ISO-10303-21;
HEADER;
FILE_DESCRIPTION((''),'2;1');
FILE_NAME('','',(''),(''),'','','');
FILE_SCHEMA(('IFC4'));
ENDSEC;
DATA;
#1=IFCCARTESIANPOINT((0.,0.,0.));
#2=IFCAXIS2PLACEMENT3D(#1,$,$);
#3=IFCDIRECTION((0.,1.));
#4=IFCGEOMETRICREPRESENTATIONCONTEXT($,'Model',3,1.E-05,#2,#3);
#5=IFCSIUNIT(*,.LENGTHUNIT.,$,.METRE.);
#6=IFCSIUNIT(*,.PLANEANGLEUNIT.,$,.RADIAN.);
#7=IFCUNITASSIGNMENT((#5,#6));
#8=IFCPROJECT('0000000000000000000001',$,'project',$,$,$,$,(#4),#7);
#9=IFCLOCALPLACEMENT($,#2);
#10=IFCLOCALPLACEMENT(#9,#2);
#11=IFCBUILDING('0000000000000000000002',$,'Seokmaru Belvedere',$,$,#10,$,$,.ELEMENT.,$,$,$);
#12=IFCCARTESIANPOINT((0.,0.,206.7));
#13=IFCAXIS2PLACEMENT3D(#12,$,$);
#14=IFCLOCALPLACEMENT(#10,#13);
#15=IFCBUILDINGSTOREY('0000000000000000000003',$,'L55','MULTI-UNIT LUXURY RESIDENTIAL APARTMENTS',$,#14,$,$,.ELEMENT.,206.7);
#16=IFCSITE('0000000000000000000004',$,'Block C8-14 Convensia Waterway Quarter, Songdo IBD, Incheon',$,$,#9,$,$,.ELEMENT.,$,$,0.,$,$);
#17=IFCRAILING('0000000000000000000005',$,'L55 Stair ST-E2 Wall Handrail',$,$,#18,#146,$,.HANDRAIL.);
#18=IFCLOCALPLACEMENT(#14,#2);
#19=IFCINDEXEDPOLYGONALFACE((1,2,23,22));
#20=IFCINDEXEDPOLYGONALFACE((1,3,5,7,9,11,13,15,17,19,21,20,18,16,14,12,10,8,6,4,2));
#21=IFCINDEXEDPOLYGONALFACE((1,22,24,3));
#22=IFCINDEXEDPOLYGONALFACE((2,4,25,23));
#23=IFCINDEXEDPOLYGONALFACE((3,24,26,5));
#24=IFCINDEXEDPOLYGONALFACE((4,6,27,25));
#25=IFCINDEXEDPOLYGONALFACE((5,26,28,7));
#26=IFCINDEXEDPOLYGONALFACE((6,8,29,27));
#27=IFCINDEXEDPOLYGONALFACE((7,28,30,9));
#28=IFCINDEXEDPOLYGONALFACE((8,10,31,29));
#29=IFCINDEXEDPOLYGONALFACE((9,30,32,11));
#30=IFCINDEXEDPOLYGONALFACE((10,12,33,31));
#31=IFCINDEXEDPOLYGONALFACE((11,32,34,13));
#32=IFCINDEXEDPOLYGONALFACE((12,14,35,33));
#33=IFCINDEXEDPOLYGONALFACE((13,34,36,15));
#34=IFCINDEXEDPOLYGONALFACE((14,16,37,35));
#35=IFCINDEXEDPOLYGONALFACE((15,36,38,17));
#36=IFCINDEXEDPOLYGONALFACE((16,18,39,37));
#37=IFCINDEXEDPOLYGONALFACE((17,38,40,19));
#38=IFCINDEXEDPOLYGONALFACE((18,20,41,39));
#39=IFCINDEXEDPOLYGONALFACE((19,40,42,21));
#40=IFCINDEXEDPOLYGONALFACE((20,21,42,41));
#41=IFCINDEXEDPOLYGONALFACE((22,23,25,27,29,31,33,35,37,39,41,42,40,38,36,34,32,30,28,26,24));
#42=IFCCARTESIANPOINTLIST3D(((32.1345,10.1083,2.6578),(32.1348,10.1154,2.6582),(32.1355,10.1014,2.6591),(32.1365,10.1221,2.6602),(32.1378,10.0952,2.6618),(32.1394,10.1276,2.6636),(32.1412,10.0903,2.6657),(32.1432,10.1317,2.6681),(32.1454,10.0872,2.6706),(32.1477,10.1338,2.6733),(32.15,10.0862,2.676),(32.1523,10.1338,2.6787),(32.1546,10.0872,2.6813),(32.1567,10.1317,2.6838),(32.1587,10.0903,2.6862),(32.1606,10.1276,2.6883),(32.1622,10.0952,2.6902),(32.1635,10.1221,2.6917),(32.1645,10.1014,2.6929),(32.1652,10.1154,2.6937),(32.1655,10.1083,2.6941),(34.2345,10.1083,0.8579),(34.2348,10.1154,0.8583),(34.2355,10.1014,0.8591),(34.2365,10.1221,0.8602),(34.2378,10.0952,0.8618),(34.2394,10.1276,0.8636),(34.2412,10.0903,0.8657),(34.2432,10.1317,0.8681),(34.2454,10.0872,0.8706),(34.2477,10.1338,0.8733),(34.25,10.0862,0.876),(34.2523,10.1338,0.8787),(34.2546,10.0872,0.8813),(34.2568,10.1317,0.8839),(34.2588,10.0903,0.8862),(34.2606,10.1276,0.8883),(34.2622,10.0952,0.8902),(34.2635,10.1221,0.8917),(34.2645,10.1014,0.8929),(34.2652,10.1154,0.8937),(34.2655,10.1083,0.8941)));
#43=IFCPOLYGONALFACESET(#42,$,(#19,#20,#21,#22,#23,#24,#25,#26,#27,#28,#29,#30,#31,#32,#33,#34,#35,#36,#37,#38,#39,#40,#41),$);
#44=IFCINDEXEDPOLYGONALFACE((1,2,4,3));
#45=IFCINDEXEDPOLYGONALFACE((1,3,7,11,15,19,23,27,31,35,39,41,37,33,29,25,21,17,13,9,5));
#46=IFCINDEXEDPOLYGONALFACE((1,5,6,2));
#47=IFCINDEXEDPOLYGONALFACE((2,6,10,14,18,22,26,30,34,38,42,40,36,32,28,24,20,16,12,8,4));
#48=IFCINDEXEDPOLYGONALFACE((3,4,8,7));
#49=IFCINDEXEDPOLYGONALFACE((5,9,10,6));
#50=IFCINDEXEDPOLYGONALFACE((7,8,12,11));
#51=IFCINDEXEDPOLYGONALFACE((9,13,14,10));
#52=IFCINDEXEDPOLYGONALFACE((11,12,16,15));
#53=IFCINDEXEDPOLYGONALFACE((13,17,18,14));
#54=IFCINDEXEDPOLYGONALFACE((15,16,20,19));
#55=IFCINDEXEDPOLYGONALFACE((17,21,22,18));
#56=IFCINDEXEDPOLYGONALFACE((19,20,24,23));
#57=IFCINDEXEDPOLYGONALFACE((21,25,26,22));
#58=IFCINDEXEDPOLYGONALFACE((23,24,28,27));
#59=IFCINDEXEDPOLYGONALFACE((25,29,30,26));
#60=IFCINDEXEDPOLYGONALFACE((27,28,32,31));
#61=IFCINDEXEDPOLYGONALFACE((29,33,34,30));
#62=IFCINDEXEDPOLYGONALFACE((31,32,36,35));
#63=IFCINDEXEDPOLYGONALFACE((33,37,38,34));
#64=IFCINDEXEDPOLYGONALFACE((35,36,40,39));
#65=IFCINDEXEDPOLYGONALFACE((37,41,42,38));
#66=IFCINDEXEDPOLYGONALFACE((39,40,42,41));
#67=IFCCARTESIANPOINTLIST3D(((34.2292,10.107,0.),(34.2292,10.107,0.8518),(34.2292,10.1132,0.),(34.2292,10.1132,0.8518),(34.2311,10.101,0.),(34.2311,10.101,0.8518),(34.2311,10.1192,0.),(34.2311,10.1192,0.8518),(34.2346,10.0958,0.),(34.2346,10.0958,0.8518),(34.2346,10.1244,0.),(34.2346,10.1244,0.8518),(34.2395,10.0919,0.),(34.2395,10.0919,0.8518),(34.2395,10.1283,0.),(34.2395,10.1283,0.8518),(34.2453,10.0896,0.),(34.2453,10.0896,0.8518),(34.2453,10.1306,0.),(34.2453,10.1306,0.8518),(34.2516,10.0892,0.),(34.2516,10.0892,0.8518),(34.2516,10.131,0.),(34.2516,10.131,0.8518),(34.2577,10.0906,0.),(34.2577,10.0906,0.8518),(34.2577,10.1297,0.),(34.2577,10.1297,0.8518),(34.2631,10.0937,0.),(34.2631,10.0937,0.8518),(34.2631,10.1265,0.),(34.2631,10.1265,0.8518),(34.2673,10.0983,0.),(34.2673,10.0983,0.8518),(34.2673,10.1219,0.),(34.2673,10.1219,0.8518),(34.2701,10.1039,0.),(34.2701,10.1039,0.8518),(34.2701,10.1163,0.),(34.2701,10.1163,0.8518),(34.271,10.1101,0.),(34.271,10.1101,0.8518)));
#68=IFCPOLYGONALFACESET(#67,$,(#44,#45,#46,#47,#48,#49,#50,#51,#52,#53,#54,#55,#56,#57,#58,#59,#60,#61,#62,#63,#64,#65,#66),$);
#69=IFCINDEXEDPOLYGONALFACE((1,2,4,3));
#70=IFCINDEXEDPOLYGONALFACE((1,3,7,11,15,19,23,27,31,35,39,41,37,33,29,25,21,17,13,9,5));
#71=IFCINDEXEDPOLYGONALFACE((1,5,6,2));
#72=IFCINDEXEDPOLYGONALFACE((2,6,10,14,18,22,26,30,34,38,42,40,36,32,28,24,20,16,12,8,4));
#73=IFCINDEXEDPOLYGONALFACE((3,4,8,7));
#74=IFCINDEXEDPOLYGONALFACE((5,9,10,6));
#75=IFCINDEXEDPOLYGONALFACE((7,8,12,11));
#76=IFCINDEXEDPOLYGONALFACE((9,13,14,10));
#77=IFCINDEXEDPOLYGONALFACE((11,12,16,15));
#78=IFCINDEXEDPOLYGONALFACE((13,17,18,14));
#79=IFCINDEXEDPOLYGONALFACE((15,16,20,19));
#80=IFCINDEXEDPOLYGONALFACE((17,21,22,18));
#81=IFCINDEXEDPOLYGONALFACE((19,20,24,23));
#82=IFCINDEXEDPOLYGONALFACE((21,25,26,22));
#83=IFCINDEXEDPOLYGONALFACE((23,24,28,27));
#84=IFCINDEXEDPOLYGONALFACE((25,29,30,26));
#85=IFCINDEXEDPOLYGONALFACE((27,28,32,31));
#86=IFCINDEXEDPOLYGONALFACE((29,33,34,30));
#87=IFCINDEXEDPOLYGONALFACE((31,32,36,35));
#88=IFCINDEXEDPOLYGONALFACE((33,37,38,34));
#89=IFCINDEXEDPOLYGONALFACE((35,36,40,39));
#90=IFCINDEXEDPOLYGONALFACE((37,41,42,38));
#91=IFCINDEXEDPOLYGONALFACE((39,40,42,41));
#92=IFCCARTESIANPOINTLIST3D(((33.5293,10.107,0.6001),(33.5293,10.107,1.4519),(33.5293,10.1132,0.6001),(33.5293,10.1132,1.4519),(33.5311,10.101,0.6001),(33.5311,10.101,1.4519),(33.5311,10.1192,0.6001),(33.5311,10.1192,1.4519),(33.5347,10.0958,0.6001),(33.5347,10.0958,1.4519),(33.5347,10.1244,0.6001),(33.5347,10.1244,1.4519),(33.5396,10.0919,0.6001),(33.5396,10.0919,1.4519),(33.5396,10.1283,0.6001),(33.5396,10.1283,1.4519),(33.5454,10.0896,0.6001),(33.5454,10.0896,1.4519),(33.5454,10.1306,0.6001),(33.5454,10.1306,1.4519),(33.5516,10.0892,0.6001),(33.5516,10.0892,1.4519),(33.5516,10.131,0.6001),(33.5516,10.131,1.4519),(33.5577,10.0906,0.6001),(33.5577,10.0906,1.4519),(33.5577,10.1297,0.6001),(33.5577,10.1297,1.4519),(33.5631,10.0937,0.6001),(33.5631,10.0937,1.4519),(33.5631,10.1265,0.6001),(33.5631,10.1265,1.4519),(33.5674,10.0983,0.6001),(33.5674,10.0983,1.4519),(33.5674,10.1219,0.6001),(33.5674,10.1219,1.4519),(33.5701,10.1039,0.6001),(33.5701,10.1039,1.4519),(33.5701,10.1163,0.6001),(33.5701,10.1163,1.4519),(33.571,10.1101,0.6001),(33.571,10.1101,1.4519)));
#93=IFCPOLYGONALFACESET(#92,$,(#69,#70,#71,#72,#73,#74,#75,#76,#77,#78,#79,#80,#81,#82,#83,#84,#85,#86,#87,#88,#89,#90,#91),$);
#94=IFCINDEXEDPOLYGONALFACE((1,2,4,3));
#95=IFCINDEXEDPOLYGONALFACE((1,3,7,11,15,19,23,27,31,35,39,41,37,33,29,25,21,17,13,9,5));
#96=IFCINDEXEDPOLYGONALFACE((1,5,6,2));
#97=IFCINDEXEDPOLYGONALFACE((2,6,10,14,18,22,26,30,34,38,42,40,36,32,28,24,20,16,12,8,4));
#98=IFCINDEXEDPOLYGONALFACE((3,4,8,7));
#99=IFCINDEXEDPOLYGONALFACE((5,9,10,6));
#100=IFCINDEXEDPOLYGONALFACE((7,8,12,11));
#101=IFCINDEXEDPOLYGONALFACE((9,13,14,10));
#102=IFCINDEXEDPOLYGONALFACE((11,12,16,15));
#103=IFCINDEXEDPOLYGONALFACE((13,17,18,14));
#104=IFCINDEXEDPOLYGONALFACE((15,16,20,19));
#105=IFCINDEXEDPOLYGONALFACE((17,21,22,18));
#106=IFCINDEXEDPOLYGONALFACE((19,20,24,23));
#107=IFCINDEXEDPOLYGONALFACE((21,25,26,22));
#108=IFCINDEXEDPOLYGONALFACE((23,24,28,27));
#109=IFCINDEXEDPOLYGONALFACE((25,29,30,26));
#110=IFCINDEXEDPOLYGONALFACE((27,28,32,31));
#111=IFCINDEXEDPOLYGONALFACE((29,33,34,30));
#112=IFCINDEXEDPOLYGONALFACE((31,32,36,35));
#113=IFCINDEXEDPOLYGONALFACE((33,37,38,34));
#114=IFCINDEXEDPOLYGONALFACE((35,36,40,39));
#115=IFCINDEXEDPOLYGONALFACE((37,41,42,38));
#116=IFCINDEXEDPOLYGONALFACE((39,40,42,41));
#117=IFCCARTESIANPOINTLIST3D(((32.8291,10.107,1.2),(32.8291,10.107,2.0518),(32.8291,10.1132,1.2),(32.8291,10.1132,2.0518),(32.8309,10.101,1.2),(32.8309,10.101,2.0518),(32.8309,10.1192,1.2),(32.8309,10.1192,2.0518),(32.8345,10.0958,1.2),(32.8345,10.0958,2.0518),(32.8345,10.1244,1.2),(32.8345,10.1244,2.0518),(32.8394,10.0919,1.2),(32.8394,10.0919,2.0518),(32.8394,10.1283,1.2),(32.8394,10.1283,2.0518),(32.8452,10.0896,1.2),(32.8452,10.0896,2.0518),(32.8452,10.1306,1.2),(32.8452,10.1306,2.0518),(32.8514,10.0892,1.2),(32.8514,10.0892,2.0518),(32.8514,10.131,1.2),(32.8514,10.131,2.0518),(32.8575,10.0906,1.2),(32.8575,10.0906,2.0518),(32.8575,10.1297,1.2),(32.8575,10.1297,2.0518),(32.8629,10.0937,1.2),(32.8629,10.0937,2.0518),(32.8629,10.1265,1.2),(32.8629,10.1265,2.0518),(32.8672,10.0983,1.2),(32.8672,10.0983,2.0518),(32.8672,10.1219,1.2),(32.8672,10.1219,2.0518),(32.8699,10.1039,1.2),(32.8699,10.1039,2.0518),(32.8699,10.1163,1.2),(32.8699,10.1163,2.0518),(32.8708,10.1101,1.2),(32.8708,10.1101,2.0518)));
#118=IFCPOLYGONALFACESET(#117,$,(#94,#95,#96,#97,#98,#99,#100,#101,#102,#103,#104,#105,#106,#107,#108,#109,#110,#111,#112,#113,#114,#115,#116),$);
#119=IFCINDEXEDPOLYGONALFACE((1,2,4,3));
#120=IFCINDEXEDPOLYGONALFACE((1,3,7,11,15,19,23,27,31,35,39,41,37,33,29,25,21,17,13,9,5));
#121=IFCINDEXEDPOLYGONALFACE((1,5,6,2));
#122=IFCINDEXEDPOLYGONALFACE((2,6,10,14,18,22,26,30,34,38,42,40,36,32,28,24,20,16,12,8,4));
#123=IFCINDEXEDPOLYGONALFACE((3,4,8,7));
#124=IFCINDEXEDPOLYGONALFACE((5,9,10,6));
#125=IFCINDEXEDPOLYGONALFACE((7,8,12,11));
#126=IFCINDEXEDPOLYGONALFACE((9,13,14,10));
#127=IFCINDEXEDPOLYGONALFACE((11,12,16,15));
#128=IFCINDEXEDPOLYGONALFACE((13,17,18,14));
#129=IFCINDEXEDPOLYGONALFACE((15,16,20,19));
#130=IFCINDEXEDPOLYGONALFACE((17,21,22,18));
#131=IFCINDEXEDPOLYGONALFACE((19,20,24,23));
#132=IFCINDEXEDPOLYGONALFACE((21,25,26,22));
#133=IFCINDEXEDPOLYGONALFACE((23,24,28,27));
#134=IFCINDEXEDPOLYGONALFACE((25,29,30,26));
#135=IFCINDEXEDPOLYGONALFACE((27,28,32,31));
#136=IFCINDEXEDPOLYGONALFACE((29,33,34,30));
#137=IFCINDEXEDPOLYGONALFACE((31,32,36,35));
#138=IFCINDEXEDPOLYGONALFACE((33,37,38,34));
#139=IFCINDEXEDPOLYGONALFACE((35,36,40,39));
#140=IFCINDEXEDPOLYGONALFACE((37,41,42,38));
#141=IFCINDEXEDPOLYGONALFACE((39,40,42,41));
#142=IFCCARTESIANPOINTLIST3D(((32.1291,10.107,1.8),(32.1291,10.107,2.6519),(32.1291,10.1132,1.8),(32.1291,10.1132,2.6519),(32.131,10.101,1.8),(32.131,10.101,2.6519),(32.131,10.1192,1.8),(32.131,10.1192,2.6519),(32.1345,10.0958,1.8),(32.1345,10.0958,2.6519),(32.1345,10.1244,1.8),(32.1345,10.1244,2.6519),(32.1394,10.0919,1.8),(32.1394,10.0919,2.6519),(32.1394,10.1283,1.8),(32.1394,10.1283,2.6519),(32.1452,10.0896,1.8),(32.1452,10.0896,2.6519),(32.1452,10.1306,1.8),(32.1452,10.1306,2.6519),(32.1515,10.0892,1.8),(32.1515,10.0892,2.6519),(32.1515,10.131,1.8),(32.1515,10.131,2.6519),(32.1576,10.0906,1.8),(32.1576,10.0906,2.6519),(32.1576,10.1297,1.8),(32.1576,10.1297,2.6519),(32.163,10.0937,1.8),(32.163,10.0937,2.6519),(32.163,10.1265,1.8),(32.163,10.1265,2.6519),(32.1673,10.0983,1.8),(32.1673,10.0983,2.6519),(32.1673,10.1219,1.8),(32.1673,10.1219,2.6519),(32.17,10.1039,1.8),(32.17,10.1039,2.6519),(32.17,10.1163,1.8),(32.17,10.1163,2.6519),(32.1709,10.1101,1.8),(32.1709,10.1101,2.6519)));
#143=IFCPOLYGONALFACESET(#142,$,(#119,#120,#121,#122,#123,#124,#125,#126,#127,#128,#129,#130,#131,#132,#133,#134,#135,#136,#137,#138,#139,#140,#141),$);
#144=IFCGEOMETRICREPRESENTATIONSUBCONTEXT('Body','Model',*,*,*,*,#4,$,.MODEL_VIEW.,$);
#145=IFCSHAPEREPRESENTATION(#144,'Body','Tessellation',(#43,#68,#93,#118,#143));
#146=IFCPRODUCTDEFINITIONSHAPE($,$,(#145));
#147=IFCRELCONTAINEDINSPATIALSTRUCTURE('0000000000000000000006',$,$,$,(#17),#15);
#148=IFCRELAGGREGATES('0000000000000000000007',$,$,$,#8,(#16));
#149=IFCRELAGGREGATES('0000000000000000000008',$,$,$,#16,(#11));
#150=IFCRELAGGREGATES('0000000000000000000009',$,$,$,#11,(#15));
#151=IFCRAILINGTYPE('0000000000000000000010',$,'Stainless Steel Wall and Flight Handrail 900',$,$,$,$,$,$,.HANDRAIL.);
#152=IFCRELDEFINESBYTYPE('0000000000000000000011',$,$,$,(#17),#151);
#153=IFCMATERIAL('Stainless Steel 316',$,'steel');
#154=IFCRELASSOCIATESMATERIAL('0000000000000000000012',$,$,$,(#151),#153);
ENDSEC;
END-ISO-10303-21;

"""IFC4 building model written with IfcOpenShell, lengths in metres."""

from ifc_helpers import new_model, si_unit, direction, frame, origin, origin_2d, place, context, subcontext, project, spatial, circle, extrude, material, type_object, element, save


model = new_model("IFC4")

# Units and contexts
model_context = context("Model", 3, precision=1e-05, world=origin(), true_north=direction((0.0, 1.0)))
body_context = subcontext(model_context, "Body", "Model", "MODEL_VIEW")
ifc_project = project(units=[si_unit("LENGTHUNIT", "METRE"), si_unit("PLANEANGLEUNIT", "RADIAN")], contexts=[model_context])

# Site, building, storey
site_placement = place(None, origin())
site = spatial("IfcSite", under=ifc_project, at=site_placement, Name="Block C8-14 Convensia Waterway Quarter, Songdo IBD, Incheon", CompositionType="ELEMENT", RefElevation=0.0)
building_placement = place(site_placement, origin())
building = spatial("IfcBuilding", under=site, at=building_placement, Name="Seokmaru Belvedere", CompositionType="ELEMENT")
storey_placement = place(building_placement, frame((0.0, 0.0, 206.7)))
storey = spatial("IfcBuildingStorey", under=building, at=storey_placement, Name="L55", Description="MULTI-UNIT LUXURY RESIDENTIAL APARTMENTS", CompositionType="ELEMENT", Elevation=206.7)

# Shared definitions
ifc_material_1 = material(Name="Stainless Steel 316", Category="steel")

# Railing
railing_type_1 = type_object("IfcRailingType", Name="Stainless Steel Wall and Flight Handrail 900", PredefinedType="HANDRAIL", material=ifc_material_1)
railing_1_placement = place(storey_placement, frame((34.25, 10.1101, 0.0)))
element("IfcRailing", 1, at=railing_1_placement, inside=storey, type_object=railing_type_1, Name="L55 Stair ST-E2 Wall Handrail", PredefinedType="HANDRAIL", context=body_context, shape_type="SweptSolid", body=[
    extrude(circle(Radius=0.0239, at=origin_2d()), frame((0.0, 0.0, 0.876), z_axis=(-0.759263, 0.0, 0.650784), x_axis=(0.0, -1.0, 0.0)), (0.0, 0.0, 1.0), 2.7659),
    extrude(circle(Radius=0.021, at=origin_2d()), origin(), (0.0, 0.0, 1.0), 0.8518),
    extrude(circle(Radius=0.021, at=origin_2d()), frame((-0.7, 0.0, 0.6001)), (0.0, 0.0, 1.0), 0.8518),
    extrude(circle(Radius=0.021, at=origin_2d()), frame((-1.4001, 0.0, 1.2)), (0.0, 0.0, 1.0), 0.8518),
    extrude(circle(Radius=0.021, at=origin_2d()), frame((-2.1001, 0.0, 1.8)), (0.0, 0.0, 1.0), 0.8518),
])

save(model, "model.ifc")
